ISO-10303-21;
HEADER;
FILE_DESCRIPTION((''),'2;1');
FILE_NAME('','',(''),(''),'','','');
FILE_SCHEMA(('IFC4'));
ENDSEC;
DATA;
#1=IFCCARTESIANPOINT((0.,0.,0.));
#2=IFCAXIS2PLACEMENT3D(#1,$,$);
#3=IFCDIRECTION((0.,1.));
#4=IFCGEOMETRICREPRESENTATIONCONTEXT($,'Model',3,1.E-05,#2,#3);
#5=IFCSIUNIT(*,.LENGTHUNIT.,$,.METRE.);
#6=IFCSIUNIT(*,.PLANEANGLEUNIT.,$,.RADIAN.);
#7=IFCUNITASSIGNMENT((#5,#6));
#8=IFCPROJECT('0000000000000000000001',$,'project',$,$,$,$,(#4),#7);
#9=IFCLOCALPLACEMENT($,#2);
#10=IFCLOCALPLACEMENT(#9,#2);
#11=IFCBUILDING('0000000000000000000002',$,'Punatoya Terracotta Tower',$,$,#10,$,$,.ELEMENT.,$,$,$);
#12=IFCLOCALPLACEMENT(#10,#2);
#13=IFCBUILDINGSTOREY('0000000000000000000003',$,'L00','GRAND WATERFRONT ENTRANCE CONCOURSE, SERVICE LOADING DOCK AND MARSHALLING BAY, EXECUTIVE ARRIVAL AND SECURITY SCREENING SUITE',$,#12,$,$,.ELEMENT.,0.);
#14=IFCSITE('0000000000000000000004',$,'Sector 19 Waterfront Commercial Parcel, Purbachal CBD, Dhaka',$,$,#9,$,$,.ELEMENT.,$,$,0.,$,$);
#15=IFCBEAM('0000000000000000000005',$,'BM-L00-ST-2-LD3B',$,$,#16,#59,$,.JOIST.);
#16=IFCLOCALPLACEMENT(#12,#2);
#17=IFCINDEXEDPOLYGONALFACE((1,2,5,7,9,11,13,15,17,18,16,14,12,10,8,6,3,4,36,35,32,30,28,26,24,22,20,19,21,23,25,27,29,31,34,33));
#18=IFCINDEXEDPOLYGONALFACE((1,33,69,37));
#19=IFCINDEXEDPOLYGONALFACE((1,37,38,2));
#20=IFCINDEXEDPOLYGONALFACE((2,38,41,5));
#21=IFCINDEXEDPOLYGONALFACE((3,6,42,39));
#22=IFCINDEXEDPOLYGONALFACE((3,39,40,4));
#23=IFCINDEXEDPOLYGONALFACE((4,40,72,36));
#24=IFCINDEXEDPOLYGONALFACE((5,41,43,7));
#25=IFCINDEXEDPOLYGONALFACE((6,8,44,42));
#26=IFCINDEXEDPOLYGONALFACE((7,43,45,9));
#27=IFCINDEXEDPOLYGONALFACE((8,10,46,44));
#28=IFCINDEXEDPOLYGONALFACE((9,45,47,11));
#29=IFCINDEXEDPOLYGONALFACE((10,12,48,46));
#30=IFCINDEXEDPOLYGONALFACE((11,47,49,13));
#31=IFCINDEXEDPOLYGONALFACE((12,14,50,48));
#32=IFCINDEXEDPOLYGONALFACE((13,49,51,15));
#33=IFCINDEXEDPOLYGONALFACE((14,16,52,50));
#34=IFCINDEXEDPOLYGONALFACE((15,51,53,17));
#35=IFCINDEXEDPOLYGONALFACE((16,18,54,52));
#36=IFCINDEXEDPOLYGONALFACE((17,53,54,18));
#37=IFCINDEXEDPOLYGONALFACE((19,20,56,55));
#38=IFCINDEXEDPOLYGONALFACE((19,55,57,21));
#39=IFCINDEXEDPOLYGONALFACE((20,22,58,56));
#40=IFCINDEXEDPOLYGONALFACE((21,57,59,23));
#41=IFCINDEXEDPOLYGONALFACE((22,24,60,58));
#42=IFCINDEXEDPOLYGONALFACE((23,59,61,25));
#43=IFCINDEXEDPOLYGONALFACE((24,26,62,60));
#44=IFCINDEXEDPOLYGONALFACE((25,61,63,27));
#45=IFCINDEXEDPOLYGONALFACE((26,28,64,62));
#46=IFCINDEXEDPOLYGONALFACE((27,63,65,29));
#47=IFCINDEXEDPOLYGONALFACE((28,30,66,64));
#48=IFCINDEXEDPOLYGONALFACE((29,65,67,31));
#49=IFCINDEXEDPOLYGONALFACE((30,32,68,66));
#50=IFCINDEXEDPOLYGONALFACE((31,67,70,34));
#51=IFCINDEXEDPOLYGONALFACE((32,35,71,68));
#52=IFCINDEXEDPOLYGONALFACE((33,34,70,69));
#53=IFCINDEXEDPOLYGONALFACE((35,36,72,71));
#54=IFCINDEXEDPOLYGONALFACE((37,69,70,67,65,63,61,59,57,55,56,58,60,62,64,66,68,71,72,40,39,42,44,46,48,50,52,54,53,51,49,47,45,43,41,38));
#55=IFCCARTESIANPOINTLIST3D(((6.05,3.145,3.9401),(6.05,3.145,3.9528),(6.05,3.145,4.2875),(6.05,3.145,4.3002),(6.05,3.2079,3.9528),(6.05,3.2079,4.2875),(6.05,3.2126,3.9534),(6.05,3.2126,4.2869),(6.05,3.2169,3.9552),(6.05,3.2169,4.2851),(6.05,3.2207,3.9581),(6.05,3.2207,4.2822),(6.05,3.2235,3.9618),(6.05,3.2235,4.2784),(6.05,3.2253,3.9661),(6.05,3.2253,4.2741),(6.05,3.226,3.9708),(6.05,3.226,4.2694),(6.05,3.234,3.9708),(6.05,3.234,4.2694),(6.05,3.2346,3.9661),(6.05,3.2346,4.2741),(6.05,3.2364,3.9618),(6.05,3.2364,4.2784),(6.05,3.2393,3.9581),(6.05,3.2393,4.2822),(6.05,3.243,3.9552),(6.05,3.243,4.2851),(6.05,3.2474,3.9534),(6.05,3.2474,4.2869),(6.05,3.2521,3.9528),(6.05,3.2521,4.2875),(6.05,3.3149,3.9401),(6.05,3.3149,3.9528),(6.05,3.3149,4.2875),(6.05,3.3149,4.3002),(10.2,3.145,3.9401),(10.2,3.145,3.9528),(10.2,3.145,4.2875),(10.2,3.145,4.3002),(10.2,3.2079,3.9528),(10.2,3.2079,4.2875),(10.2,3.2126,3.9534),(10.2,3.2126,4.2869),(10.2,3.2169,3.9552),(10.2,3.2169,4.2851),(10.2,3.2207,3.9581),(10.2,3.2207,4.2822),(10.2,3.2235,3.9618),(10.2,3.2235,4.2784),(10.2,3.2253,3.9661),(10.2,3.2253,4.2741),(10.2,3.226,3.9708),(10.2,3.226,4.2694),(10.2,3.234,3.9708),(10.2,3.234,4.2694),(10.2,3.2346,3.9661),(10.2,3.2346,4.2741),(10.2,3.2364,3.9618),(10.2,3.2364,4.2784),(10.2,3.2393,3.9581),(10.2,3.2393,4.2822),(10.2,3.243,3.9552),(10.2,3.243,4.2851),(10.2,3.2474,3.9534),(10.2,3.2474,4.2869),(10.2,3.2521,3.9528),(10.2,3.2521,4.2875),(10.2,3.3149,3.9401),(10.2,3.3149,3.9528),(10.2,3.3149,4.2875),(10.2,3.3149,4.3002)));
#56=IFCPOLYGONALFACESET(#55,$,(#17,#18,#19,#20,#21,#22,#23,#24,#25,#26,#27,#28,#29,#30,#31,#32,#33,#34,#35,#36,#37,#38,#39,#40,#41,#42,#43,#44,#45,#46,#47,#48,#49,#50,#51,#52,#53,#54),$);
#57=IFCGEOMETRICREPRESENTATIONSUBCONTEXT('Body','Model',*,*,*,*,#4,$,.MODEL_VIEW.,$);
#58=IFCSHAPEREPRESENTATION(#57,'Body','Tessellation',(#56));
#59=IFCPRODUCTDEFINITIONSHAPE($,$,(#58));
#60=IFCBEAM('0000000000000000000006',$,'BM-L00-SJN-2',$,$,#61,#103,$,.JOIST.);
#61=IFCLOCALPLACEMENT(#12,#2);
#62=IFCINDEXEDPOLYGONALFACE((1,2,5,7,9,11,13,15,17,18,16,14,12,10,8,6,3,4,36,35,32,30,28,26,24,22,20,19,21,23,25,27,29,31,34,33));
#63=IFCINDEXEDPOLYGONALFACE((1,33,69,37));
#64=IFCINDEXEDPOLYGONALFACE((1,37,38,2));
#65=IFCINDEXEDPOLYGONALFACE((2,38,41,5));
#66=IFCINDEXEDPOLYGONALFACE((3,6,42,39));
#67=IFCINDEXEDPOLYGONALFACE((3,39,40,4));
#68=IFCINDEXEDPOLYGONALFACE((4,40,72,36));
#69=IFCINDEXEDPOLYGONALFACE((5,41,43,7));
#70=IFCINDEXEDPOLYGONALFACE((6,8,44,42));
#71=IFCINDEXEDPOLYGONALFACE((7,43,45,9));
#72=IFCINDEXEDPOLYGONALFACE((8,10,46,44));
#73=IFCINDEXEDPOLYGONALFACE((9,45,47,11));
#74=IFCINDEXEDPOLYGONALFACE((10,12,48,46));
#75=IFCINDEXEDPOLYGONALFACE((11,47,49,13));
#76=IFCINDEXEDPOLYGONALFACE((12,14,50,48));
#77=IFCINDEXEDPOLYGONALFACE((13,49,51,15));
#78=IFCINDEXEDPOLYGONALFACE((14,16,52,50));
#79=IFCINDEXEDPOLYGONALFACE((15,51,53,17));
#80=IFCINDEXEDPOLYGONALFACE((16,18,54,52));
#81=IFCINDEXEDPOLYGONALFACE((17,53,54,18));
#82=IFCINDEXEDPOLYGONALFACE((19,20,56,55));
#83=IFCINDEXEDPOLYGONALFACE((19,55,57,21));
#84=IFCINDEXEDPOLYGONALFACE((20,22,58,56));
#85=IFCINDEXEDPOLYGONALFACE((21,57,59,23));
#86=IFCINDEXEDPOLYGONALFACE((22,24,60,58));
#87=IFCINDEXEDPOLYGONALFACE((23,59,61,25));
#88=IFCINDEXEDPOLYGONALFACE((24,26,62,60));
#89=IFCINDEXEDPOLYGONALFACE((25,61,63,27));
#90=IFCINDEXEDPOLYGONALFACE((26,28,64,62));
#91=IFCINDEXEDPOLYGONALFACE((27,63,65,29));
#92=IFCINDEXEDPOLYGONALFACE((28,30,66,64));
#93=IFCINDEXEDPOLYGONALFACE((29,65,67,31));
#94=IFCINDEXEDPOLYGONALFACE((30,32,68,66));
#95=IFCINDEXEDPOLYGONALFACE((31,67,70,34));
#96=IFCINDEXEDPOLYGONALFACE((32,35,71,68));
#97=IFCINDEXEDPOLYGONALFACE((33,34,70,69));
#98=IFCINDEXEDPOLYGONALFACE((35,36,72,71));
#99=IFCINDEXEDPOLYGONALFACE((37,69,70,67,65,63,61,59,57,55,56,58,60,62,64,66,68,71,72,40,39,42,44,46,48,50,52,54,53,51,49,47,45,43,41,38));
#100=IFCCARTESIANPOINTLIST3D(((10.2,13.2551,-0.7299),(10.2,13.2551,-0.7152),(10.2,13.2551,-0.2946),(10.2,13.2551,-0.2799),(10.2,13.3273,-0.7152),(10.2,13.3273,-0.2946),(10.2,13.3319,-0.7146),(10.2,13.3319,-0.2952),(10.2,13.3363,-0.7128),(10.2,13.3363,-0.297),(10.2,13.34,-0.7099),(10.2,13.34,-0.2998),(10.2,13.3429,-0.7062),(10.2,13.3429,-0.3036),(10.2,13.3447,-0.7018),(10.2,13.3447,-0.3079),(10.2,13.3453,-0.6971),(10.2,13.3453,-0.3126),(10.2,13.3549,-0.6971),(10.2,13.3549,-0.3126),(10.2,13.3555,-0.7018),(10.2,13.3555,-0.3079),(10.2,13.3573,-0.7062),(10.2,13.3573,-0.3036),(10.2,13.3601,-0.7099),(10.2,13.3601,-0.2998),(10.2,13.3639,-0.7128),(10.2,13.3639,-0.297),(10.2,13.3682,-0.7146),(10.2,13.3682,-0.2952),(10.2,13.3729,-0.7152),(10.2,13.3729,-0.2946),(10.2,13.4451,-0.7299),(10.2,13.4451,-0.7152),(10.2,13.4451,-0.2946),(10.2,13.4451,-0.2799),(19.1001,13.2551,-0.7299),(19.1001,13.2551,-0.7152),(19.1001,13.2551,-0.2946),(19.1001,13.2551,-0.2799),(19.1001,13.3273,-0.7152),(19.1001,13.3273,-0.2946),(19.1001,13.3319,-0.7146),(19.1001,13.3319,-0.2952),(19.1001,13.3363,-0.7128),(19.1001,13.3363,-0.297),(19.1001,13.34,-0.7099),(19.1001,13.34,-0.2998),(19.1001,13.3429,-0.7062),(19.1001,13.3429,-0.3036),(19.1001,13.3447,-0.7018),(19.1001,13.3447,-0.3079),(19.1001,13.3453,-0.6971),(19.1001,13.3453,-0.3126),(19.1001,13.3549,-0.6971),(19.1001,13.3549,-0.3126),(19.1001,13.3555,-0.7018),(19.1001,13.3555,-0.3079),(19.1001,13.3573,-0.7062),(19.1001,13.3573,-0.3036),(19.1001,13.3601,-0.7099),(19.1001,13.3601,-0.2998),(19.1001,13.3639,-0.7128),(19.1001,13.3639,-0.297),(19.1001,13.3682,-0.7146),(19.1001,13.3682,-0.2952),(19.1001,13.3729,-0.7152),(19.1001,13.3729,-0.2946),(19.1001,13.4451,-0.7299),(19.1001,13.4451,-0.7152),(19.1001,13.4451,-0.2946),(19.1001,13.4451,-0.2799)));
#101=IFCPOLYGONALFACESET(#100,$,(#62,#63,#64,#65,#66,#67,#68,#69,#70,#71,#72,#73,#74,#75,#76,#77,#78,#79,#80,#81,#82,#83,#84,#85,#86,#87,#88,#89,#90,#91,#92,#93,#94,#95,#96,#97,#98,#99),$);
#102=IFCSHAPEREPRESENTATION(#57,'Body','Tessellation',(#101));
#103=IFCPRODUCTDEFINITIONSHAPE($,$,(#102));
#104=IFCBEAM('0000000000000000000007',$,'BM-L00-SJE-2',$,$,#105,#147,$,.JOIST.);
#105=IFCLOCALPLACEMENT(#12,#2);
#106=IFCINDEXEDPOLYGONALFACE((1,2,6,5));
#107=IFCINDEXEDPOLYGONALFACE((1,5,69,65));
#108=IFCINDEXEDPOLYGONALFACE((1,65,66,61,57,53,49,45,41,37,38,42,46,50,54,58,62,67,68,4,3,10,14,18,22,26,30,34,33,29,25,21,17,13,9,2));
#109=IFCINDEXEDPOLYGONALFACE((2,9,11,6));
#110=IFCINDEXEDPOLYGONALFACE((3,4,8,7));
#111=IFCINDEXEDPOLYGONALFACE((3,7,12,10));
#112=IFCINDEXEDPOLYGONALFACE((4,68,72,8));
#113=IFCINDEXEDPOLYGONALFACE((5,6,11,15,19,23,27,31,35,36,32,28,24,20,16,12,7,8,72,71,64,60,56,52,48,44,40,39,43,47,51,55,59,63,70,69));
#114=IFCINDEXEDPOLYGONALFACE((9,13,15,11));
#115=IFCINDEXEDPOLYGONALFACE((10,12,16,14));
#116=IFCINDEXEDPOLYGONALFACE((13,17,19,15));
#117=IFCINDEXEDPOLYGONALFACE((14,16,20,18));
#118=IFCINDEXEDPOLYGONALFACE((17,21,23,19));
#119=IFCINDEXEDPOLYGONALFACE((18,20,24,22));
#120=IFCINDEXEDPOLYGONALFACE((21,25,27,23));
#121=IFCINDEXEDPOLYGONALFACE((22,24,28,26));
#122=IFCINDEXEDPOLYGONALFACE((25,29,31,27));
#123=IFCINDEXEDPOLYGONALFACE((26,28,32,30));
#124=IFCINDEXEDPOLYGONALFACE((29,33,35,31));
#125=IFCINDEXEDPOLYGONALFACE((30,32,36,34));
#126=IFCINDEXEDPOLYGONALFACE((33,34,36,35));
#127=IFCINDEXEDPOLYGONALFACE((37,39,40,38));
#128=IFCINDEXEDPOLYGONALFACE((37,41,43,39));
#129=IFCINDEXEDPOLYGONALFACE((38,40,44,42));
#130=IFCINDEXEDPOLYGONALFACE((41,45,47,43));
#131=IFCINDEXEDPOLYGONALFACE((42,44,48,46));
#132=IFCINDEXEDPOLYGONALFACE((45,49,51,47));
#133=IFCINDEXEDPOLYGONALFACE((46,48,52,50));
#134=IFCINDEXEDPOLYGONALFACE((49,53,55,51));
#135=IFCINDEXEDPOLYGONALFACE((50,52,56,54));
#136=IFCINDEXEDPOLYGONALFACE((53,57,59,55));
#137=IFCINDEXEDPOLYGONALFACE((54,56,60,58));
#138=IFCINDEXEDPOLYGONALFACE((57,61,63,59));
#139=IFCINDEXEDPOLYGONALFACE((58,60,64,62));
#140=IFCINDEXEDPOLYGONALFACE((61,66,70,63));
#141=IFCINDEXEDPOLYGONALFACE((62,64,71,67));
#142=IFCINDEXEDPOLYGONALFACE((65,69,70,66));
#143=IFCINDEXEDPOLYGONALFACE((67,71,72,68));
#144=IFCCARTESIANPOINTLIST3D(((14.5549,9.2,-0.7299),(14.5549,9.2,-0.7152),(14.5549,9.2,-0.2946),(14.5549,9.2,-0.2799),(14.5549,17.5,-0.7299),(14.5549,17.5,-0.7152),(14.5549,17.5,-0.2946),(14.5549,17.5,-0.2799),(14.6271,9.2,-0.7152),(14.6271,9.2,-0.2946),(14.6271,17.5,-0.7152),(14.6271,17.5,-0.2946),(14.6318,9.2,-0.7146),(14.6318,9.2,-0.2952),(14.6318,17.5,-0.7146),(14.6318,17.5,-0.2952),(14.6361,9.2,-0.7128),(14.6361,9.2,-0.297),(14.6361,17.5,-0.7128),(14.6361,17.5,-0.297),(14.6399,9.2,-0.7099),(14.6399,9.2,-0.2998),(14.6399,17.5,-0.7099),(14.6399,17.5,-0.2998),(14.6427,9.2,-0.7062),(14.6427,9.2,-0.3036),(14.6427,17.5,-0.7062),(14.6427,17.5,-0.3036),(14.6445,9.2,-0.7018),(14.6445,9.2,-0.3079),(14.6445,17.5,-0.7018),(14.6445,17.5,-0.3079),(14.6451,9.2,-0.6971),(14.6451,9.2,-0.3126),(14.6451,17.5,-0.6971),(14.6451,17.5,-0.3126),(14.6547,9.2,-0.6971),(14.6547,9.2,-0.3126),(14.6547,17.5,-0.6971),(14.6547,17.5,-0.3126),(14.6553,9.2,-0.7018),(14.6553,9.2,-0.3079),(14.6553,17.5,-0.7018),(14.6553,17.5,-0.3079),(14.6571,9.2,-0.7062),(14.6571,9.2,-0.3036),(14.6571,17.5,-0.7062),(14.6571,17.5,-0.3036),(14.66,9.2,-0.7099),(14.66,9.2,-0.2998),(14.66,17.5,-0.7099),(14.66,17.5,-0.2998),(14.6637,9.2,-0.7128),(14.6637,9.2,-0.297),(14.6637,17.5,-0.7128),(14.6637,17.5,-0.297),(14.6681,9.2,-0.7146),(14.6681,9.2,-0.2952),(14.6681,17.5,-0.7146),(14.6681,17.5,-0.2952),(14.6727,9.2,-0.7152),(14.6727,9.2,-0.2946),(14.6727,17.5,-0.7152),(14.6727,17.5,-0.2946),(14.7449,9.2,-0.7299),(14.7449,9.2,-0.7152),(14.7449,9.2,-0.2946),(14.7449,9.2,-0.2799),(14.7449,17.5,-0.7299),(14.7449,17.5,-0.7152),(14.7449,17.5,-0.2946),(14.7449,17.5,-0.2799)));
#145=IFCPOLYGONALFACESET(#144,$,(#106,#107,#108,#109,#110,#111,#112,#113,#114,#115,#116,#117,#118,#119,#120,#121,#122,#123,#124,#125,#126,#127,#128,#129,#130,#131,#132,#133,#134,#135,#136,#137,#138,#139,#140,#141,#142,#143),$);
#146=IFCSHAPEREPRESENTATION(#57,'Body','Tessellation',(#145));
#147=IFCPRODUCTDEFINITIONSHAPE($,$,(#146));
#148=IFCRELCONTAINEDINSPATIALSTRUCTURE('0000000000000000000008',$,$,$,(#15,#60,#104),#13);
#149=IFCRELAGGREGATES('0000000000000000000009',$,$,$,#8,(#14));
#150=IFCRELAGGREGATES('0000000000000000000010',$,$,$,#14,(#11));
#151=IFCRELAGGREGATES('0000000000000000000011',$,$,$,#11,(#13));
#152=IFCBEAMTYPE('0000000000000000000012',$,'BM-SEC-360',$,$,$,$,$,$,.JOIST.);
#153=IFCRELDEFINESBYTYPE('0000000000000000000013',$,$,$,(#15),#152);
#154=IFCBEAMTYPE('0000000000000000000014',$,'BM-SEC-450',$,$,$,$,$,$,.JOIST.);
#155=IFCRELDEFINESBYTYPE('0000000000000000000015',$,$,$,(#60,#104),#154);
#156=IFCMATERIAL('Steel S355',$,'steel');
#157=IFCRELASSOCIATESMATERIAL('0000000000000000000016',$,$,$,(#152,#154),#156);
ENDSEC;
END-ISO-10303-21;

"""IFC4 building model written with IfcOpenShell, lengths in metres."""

from ifc_helpers import new_model, si_unit, direction, frame, origin, origin_2d, place, context, subcontext, project, spatial, i_section, extrude, material, material_profile, profile_set, type_object, element, save


model = new_model("IFC4")

# Units and contexts
model_context = context("Model", 3, precision=1e-05, world=origin(), true_north=direction((0.0, 1.0)))
body_context = subcontext(model_context, "Body", "Model", "MODEL_VIEW")
ifc_project = project(units=[si_unit("LENGTHUNIT", "METRE"), si_unit("PLANEANGLEUNIT", "RADIAN")], contexts=[model_context])

# Site, building, storey
site_placement = place(None, origin())
site = spatial("IfcSite", under=ifc_project, at=site_placement, Name="Sector 19 Waterfront Commercial Parcel, Purbachal CBD, Dhaka", CompositionType="ELEMENT", RefElevation=0.0)
building_placement = place(site_placement, origin())
building = spatial("IfcBuilding", under=site, at=building_placement, Name="Punatoya Terracotta Tower", CompositionType="ELEMENT")
storey_placement = place(building_placement, origin())
storey = spatial("IfcBuildingStorey", under=building, at=storey_placement, Name="L00", Description="GRAND WATERFRONT ENTRANCE CONCOURSE, SERVICE LOADING DOCK AND MARSHALLING BAY, EXECUTIVE ARRIVAL AND SECURITY SCREENING SUITE", CompositionType="ELEMENT", Elevation=0.0)

# Beams
ifc_material_1 = material(Name="Steel S355", Category="steel")
ifc_material_profile_1 = material_profile(ifc_material_1, i_section(OverallWidth=0.1699, OverallDepth=0.3601, WebThickness=0.0081, FlangeThickness=0.0127, FilletRadius=0.0181, at=origin_2d()))
ifc_profile_set_1 = profile_set([ifc_material_profile_1], Name="Steel S355")
beam_type_1 = type_object("IfcBeamType", Name="BM-SEC-360", PredefinedType="JOIST", material=ifc_profile_set_1)
for number, where, z_axis, x_axis, name in (
    (1, (6.05, 3.23, 4.1201), (1.0, 0.0, 0.0), (0.0, 1.0, 0.0), "BM-L00-ST-2-LD3B"),
):
    element("IfcBeam", number, at=place(storey_placement, frame(where, z_axis=z_axis, x_axis=x_axis)), inside=storey, type_object=beam_type_1, Name=name, PredefinedType="JOIST", context=body_context, shape_type="SweptSolid", body=[
        extrude(i_section(OverallWidth=0.1699, OverallDepth=0.3601, WebThickness=0.0081, FlangeThickness=0.0127, FilletRadius=0.0181, at=origin_2d()), origin(), (0.0, 0.0, 1.0), 4.1499),
    ])
ifc_material_profile_2 = material_profile(ifc_material_1, i_section(OverallWidth=0.1899, OverallDepth=0.45, WebThickness=0.0095, FlangeThickness=0.0146, FilletRadius=0.0181, at=origin_2d()))
ifc_profile_set_2 = profile_set([ifc_material_profile_2], Name="Steel S355")
beam_type_2 = type_object("IfcBeamType", Name="BM-SEC-450", PredefinedType="JOIST", material=ifc_profile_set_2)
beam_1_placement = place(storey_placement, frame((10.2, 13.3501, -0.5049), z_axis=(1.0, 0.0, 0.0), x_axis=(0.0, 1.0, 0.0)))
element("IfcBeam", 2, at=beam_1_placement, inside=storey, type_object=beam_type_2, Name="BM-L00-SJN-2", PredefinedType="JOIST", context=body_context, shape_type="SweptSolid", body=[
    extrude(i_section(OverallWidth=0.1899, OverallDepth=0.45, WebThickness=0.0095, FlangeThickness=0.0146, FilletRadius=0.0181, at=origin_2d()), origin(), (0.0, 0.0, 1.0), 8.9001),
])
beam_2_placement = place(storey_placement, frame((14.6499, 9.2, -0.5049), z_axis=(0.0, 1.0, 0.0), x_axis=(-1.0, 0.0, 0.0)))
element("IfcBeam", 3, at=beam_2_placement, inside=storey, type_object=beam_type_2, Name="BM-L00-SJE-2", PredefinedType="JOIST", context=body_context, shape_type="SweptSolid", body=[
    extrude(i_section(OverallWidth=0.1899, OverallDepth=0.45, WebThickness=0.0095, FlangeThickness=0.0146, FilletRadius=0.0181, at=origin_2d()), origin(), (0.0, 0.0, 1.0), 8.3),
])

save(model, "model.ifc")
